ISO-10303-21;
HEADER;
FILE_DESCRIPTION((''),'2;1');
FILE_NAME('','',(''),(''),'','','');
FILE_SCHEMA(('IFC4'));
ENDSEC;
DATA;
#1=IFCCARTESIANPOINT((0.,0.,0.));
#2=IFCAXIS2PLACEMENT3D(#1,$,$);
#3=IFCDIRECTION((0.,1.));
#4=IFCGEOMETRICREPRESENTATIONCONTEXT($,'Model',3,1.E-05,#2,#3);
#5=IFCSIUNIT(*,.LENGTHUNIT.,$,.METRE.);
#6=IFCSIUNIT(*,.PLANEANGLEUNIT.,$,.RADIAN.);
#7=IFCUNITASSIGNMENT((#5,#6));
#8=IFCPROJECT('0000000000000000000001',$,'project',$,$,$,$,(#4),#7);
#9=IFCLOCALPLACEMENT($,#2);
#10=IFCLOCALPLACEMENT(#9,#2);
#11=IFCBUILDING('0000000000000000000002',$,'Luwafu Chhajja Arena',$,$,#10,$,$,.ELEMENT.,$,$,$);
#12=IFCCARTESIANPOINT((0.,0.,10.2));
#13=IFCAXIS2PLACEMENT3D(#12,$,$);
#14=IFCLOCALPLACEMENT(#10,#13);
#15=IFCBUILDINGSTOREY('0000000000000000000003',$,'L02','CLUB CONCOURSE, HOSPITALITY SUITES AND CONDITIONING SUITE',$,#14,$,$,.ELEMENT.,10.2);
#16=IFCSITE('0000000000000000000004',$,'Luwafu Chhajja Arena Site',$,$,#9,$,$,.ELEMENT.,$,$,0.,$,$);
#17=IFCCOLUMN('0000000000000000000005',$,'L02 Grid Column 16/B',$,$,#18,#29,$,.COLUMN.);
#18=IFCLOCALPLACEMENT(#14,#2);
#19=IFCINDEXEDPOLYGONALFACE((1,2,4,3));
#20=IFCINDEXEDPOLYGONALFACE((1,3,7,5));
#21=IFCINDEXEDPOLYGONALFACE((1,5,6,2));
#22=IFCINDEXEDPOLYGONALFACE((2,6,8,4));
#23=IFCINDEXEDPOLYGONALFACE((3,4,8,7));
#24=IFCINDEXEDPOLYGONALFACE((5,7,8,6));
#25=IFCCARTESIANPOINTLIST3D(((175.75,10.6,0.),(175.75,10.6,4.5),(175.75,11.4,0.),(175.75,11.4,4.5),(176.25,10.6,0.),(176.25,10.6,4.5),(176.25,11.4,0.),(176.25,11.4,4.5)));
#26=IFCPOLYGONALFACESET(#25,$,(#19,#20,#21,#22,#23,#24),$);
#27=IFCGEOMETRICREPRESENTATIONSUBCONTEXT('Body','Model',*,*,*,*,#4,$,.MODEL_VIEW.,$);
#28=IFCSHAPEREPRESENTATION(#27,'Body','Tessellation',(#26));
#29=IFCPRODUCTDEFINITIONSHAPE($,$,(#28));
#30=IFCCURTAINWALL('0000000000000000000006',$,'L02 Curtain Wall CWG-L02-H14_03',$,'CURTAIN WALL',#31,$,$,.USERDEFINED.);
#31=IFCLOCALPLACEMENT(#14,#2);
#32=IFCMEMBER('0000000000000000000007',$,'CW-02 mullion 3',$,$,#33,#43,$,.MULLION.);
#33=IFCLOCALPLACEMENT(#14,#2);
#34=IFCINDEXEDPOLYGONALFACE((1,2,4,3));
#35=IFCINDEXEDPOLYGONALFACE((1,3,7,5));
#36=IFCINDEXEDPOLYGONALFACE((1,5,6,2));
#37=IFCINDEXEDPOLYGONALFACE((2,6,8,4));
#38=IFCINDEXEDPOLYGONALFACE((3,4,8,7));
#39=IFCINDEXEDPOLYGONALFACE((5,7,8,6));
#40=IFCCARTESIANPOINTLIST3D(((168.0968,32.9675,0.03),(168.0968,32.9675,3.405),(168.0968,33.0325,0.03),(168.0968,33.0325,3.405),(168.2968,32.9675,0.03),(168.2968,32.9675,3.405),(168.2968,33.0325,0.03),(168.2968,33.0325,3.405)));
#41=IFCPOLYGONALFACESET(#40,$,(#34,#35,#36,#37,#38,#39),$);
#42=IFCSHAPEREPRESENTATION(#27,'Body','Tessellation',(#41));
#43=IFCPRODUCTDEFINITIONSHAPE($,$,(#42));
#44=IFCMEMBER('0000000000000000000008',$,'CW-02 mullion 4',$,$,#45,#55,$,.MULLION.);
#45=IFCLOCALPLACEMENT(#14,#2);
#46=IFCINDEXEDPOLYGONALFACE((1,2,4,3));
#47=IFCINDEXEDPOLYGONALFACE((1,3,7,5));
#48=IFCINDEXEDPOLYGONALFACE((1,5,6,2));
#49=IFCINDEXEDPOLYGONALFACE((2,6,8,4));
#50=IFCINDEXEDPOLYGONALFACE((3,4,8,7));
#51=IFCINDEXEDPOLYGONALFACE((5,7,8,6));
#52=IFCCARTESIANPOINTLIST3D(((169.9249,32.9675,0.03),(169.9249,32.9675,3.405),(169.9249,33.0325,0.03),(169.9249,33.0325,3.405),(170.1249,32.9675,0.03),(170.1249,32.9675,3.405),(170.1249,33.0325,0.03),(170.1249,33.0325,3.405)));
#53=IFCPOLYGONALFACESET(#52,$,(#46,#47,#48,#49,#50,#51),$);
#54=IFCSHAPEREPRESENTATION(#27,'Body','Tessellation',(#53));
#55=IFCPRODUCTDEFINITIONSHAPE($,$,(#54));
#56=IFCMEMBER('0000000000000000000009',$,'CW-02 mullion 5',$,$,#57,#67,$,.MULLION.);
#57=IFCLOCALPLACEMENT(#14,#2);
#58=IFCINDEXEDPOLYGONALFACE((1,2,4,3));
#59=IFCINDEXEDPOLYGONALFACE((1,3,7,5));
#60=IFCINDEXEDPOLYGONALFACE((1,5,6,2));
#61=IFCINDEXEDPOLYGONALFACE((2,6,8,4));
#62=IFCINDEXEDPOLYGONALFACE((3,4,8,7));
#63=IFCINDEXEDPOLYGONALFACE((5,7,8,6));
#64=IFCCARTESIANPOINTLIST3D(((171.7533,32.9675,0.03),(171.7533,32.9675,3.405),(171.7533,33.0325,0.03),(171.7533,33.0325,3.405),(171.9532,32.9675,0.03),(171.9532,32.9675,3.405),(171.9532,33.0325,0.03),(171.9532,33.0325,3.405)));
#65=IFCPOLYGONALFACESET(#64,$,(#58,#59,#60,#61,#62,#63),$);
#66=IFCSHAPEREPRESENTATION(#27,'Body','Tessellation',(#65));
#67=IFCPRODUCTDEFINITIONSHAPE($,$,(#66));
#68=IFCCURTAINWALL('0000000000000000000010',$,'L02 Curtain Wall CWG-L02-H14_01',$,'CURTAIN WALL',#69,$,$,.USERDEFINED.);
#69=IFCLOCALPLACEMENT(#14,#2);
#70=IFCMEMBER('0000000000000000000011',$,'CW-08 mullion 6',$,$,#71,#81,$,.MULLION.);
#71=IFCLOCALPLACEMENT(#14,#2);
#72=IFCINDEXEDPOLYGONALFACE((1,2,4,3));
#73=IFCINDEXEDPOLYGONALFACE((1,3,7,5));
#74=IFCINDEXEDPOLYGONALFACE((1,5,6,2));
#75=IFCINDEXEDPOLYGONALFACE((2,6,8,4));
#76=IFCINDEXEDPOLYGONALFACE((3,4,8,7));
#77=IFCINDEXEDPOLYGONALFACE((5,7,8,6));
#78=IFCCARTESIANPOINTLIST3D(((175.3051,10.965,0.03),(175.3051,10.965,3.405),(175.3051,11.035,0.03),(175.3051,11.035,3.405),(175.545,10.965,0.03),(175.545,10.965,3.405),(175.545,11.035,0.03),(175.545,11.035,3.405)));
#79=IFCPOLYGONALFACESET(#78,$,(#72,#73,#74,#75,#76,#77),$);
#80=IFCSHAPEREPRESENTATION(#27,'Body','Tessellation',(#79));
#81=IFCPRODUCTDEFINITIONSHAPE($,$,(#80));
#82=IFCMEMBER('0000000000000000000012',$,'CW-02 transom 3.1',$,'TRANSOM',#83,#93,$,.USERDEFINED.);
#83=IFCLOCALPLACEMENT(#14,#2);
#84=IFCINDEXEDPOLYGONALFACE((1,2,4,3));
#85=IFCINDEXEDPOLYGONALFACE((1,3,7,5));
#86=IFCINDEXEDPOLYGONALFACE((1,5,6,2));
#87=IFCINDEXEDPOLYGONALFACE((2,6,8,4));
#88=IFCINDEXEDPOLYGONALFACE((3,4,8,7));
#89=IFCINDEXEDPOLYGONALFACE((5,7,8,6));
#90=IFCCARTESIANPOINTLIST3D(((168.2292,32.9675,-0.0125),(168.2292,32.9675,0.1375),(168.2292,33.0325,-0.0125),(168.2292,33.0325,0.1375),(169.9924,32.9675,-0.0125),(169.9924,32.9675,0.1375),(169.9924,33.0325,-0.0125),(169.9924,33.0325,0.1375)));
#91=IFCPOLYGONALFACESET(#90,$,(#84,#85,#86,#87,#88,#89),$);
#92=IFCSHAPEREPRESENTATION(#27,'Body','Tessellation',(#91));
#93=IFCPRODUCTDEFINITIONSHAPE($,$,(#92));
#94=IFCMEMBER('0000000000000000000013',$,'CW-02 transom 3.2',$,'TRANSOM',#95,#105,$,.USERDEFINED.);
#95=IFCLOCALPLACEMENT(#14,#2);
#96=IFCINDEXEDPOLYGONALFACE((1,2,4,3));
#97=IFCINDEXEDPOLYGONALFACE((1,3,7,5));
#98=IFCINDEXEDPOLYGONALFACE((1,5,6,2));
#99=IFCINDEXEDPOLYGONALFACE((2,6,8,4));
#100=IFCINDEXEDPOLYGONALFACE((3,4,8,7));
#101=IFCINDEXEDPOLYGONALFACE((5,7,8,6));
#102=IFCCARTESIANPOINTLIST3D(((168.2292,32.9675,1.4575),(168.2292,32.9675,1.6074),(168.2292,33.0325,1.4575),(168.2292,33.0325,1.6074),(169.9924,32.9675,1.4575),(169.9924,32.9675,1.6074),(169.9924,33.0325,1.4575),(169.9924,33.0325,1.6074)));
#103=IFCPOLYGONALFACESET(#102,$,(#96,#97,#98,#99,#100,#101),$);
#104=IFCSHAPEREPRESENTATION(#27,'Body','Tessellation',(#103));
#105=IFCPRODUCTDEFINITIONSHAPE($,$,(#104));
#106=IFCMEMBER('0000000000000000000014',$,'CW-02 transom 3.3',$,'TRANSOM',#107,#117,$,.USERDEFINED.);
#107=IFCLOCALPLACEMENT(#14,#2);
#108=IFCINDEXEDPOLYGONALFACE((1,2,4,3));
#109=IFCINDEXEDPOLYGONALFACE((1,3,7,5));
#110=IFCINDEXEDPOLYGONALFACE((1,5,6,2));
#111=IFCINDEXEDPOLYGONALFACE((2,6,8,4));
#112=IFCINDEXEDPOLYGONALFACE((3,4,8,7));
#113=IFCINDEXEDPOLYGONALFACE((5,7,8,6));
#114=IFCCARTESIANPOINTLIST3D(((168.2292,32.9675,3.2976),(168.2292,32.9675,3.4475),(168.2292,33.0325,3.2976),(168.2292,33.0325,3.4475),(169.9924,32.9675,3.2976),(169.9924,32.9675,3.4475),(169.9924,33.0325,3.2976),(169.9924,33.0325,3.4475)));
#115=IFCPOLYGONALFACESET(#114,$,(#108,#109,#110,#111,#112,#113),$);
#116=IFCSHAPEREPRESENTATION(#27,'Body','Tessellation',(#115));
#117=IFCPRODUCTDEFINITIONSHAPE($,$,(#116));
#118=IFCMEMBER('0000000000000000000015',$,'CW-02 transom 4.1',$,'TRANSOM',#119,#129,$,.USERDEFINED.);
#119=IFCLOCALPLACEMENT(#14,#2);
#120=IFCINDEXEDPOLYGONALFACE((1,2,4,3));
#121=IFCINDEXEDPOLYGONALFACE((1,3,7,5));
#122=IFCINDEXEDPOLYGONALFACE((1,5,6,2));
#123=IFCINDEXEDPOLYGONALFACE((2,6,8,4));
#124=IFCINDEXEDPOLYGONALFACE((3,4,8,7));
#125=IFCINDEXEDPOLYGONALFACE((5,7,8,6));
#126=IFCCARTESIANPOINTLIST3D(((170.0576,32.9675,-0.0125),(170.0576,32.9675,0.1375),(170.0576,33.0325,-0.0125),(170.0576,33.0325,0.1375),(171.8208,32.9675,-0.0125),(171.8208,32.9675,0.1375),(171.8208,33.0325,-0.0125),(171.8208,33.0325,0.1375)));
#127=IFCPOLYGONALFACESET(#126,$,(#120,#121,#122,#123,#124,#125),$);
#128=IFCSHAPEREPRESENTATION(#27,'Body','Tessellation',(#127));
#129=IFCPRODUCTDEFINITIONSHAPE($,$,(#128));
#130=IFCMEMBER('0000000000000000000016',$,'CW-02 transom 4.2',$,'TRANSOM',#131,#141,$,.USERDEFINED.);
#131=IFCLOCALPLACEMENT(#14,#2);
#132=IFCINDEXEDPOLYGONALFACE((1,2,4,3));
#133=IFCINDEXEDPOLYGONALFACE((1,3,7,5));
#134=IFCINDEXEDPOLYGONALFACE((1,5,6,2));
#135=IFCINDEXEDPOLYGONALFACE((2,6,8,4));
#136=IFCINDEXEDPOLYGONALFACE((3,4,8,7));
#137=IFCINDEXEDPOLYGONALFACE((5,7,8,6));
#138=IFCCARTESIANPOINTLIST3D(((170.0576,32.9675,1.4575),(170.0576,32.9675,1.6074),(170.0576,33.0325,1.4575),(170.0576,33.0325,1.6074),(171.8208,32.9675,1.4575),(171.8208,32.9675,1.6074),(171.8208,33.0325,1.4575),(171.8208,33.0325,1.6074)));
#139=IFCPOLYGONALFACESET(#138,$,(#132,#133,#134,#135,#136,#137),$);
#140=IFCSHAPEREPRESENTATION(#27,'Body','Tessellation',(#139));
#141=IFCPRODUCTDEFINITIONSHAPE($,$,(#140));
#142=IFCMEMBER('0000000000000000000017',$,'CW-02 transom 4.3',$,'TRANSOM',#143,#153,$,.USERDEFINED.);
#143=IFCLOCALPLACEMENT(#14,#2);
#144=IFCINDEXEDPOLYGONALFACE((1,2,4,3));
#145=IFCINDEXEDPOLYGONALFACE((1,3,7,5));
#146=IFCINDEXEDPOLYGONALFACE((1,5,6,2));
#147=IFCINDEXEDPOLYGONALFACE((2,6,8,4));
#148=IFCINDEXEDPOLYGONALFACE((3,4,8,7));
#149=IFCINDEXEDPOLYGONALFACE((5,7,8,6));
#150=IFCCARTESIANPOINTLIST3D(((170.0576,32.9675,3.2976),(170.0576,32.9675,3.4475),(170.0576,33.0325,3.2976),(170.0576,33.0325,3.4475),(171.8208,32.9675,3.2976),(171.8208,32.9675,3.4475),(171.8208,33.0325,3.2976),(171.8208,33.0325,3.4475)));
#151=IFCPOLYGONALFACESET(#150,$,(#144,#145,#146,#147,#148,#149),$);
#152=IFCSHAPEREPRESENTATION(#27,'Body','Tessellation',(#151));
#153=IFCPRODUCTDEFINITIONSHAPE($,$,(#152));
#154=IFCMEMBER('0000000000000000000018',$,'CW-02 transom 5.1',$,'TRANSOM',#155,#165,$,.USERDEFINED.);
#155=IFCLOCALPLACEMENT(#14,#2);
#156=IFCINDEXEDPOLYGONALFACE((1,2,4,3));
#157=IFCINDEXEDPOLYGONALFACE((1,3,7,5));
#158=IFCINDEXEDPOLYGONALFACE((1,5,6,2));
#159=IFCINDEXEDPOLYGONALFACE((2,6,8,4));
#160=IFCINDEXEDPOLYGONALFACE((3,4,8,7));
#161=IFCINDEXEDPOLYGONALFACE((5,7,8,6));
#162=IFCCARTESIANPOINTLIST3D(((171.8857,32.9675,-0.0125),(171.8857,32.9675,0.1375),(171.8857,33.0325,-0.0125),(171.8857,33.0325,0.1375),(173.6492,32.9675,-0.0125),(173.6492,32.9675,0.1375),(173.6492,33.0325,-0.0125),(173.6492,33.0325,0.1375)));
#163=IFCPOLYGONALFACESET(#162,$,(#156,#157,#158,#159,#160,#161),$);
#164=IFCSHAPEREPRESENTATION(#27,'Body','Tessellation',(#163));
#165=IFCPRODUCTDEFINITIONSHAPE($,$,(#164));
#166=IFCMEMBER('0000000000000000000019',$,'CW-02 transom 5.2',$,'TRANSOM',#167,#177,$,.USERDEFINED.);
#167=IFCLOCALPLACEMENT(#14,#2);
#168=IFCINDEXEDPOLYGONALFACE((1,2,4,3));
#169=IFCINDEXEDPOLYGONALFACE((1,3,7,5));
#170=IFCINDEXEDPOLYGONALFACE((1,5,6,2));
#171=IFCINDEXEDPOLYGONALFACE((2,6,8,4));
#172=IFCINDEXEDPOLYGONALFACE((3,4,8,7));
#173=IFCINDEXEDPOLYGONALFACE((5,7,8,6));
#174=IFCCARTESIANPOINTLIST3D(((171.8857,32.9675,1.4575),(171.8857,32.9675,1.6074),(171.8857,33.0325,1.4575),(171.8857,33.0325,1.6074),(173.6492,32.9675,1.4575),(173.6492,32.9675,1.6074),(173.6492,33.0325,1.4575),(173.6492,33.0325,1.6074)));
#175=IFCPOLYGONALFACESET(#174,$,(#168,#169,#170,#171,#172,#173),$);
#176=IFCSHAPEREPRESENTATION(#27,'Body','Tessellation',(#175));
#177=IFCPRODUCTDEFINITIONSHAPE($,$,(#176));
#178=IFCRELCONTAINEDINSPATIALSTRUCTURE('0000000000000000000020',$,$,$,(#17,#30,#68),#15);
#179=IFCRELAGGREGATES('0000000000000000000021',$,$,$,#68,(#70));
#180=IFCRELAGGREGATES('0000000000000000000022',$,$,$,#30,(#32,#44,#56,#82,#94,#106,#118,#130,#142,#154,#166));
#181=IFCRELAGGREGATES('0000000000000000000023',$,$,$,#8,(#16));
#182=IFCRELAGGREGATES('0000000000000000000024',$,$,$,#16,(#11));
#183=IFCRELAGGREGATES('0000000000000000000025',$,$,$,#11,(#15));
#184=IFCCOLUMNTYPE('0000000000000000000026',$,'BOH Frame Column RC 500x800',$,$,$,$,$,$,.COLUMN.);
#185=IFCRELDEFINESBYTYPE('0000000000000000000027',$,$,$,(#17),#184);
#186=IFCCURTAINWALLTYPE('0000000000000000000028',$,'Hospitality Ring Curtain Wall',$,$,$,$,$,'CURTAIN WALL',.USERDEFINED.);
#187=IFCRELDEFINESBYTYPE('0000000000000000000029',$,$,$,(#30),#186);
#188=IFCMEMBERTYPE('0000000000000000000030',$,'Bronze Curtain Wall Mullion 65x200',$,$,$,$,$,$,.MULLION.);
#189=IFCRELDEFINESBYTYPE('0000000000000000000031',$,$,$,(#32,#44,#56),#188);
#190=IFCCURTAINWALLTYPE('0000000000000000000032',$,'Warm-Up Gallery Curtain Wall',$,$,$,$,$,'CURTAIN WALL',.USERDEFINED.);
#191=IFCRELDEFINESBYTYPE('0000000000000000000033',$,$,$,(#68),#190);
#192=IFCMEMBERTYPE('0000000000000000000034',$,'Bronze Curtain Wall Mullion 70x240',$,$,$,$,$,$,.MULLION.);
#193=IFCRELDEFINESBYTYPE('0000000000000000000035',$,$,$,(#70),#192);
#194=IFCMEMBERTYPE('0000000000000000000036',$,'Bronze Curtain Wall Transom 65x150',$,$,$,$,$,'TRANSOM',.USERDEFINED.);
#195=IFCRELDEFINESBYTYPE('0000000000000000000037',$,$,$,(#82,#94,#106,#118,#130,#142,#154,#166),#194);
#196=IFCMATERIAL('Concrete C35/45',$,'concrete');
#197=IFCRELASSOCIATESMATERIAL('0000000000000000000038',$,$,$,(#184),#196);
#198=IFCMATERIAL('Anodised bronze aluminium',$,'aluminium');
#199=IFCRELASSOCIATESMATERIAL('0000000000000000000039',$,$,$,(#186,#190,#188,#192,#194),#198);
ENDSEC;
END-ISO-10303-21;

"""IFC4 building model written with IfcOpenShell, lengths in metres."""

from ifc_helpers import new_model, si_unit, direction, frame, origin, origin_2d, place, context, subcontext, project, spatial, rectangle, extrude, material, material_profile, profile_set, type_object, element, aggregate, save


model = new_model("IFC4")

# Units and contexts
model_context = context("Model", 3, precision=1e-05, world=origin(), true_north=direction((0.0, 1.0)))
body_context = subcontext(model_context, "Body", "Model", "MODEL_VIEW")
ifc_project = project(units=[si_unit("LENGTHUNIT", "METRE"), si_unit("PLANEANGLEUNIT", "RADIAN")], contexts=[model_context])

# Site, building, storey
site_placement = place(None, origin())
site = spatial("IfcSite", under=ifc_project, at=site_placement, Name="Luwafu Chhajja Arena Site", CompositionType="ELEMENT", RefElevation=0.0)
building_placement = place(site_placement, origin())
building = spatial("IfcBuilding", under=site, at=building_placement, Name="Luwafu Chhajja Arena", CompositionType="ELEMENT")
storey_placement = place(building_placement, frame((0.0, 0.0, 10.2)))
storey = spatial("IfcBuildingStorey", under=building, at=storey_placement, Name="L02", Description="CLUB CONCOURSE, HOSPITALITY SUITES AND CONDITIONING SUITE", CompositionType="ELEMENT", Elevation=10.2)

# Column
ifc_material_1 = material(Name="Concrete C35/45", Category="concrete")
ifc_material_profile_1 = material_profile(ifc_material_1, rectangle(XDim=0.5, YDim=0.8, at=origin_2d()), Name="RC 500x800")
ifc_profile_set_1 = profile_set([ifc_material_profile_1], Name="Concrete C35/45")
column_type = type_object("IfcColumnType", Name="BOH Frame Column RC 500x800", PredefinedType="COLUMN", material=ifc_profile_set_1)
column_placement = place(storey_placement, frame((176.0, 11.0, 0.0), z_axis=(0.0, 0.0, 1.0), x_axis=(1.0, 0.0, 0.0)))
element("IfcColumn", 1, at=column_placement, inside=storey, type_object=column_type, Name="L02 Grid Column 16/B", PredefinedType="COLUMN", context=body_context, shape_type="SweptSolid", body=[
    extrude(rectangle(XDim=0.5, YDim=0.8, at=origin_2d()), origin(), (0.0, 0.0, 1.0), 4.5),
])

# Curtain wall, members
ifc_material_2 = material(Name="Anodised bronze aluminium", Category="aluminium")
curtain_wall_type_1 = type_object("IfcCurtainWallType", Name="Hospitality Ring Curtain Wall", ElementType="CURTAIN WALL", PredefinedType="USERDEFINED", material=ifc_material_2)
curtain_wall_1_placement = place(storey_placement, origin())
curtain_wall_1 = element("IfcCurtainWall", 2, at=curtain_wall_1_placement, inside=storey, type_object=curtain_wall_type_1, Name="L02 Curtain Wall CWG-L02-H14_03", ObjectType="CURTAIN WALL", PredefinedType="USERDEFINED")
ifc_material_profile_2 = material_profile(ifc_material_2, rectangle(XDim=0.0649, YDim=0.2, at=origin_2d()), Name="CWM 65x200")
ifc_profile_set_2 = profile_set([ifc_material_profile_2], Name="Anodised bronze aluminium")
member_type_1 = type_object("IfcMemberType", Name="Bronze Curtain Wall Mullion 65x200", PredefinedType="MULLION", material=ifc_profile_set_2)
member_1_placement = place(storey_placement, frame((168.1968, 33.0, 0.03), z_axis=(0.0, 0.0, 1.0), x_axis=(0.0, 1.0, 0.0)))
member_1 = element("IfcMember", 3, at=member_1_placement, type_object=member_type_1, Name="CW-02 mullion 3", PredefinedType="MULLION", context=body_context, shape_type="SweptSolid", body=[
    extrude(rectangle(XDim=0.0649, YDim=0.2, at=origin_2d()), origin(), (0.0, 0.0, 1.0), 3.375),
])
member_2_placement = place(storey_placement, frame((170.0249, 33.0, 0.03), z_axis=(0.0, 0.0, 1.0), x_axis=(0.0, 1.0, 0.0)))
member_2 = element("IfcMember", 4, at=member_2_placement, type_object=member_type_1, Name="CW-02 mullion 4", PredefinedType="MULLION", context=body_context, shape_type="SweptSolid", body=[
    extrude(rectangle(XDim=0.0649, YDim=0.2, at=origin_2d()), origin(), (0.0, 0.0, 1.0), 3.375),
])
member_3_placement = place(storey_placement, frame((171.8533, 33.0, 0.03), z_axis=(0.0, 0.0, 1.0), x_axis=(0.0, 1.0, 0.0)))
member_3 = element("IfcMember", 5, at=member_3_placement, type_object=member_type_1, Name="CW-02 mullion 5", PredefinedType="MULLION", context=body_context, shape_type="SweptSolid", body=[
    extrude(rectangle(XDim=0.0649, YDim=0.2, at=origin_2d()), origin(), (0.0, 0.0, 1.0), 3.375),
])

# Curtain wall, member
curtain_wall_type_2 = type_object("IfcCurtainWallType", Name="Warm-Up Gallery Curtain Wall", ElementType="CURTAIN WALL", PredefinedType="USERDEFINED", material=ifc_material_2)
curtain_wall_2_placement = place(storey_placement, origin())
curtain_wall_2 = element("IfcCurtainWall", 6, at=curtain_wall_2_placement, inside=storey, type_object=curtain_wall_type_2, Name="L02 Curtain Wall CWG-L02-H14_01", ObjectType="CURTAIN WALL", PredefinedType="USERDEFINED")
ifc_material_profile_3 = material_profile(ifc_material_2, rectangle(XDim=0.0701, YDim=0.24, at=origin_2d()), Name="CWM 70x240")
ifc_profile_set_3 = profile_set([ifc_material_profile_3], Name="Anodised bronze aluminium")
member_type_2 = type_object("IfcMemberType", Name="Bronze Curtain Wall Mullion 70x240", PredefinedType="MULLION", material=ifc_profile_set_3)
member_4_placement = place(storey_placement, frame((175.425, 11.0, 0.03), z_axis=(0.0, 0.0, 1.0), x_axis=(0.0, 1.0, 0.0)))
member_4 = element("IfcMember", 7, at=member_4_placement, type_object=member_type_2, Name="CW-08 mullion 6", PredefinedType="MULLION", context=body_context, shape_type="SweptSolid", body=[
    extrude(rectangle(XDim=0.0701, YDim=0.24, at=origin_2d()), origin(), (0.0, 0.0, 1.0), 3.375),
])

# Members
ifc_material_profile_4 = material_profile(ifc_material_2, rectangle(XDim=0.0649, YDim=0.1499, at=origin_2d()), Name="CWT 65x150")
ifc_profile_set_4 = profile_set([ifc_material_profile_4], Name="Anodised bronze aluminium")
member_type_3 = type_object("IfcMemberType", Name="Bronze Curtain Wall Transom 65x150", ElementType="TRANSOM", PredefinedType="USERDEFINED", material=ifc_profile_set_4)
member_5_placement = place(storey_placement, frame((168.2292, 33.0, 0.0625), z_axis=(1.0, 0.0, 0.0), x_axis=(0.0, 1.0, 0.0)))
member_5 = element("IfcMember", 8, at=member_5_placement, type_object=member_type_3, Name="CW-02 transom 3.1", ObjectType="TRANSOM", PredefinedType="USERDEFINED", context=body_context, shape_type="SweptSolid", body=[
    extrude(rectangle(XDim=0.0649, YDim=0.1499, at=origin_2d()), origin(), (0.0, 0.0, 1.0), 1.7632),
])
member_6_placement = place(storey_placement, frame((168.2292, 33.0, 1.5325), z_axis=(1.0, 0.0, 0.0), x_axis=(0.0, 1.0, 0.0)))
member_6 = element("IfcMember", 9, at=member_6_placement, type_object=member_type_3, Name="CW-02 transom 3.2", ObjectType="TRANSOM", PredefinedType="USERDEFINED", context=body_context, shape_type="SweptSolid", body=[
    extrude(rectangle(XDim=0.0649, YDim=0.1499, at=origin_2d()), origin(), (0.0, 0.0, 1.0), 1.7632),
])
member_7_placement = place(storey_placement, frame((168.2292, 33.0, 3.3726), z_axis=(1.0, 0.0, 0.0), x_axis=(0.0, 1.0, 0.0)))
member_7 = element("IfcMember", 10, at=member_7_placement, type_object=member_type_3, Name="CW-02 transom 3.3", ObjectType="TRANSOM", PredefinedType="USERDEFINED", context=body_context, shape_type="SweptSolid", body=[
    extrude(rectangle(XDim=0.0649, YDim=0.1499, at=origin_2d()), origin(), (0.0, 0.0, 1.0), 1.7632),
])
member_8_placement = place(storey_placement, frame((170.0576, 33.0, 0.0625), z_axis=(1.0, 0.0, 0.0), x_axis=(0.0, 1.0, 0.0)))
member_8 = element("IfcMember", 11, at=member_8_placement, type_object=member_type_3, Name="CW-02 transom 4.1", ObjectType="TRANSOM", PredefinedType="USERDEFINED", context=body_context, shape_type="SweptSolid", body=[
    extrude(rectangle(XDim=0.0649, YDim=0.1499, at=origin_2d()), origin(), (0.0, 0.0, 1.0), 1.7632),
])
member_9_placement = place(storey_placement, frame((170.0576, 33.0, 1.5325), z_axis=(1.0, 0.0, 0.0), x_axis=(0.0, 1.0, 0.0)))
member_9 = element("IfcMember", 12, at=member_9_placement, type_object=member_type_3, Name="CW-02 transom 4.2", ObjectType="TRANSOM", PredefinedType="USERDEFINED", context=body_context, shape_type="SweptSolid", body=[
    extrude(rectangle(XDim=0.0649, YDim=0.1499, at=origin_2d()), origin(), (0.0, 0.0, 1.0), 1.7632),
])
member_10_placement = place(storey_placement, frame((170.0576, 33.0, 3.3726), z_axis=(1.0, 0.0, 0.0), x_axis=(0.0, 1.0, 0.0)))
member_10 = element("IfcMember", 13, at=member_10_placement, type_object=member_type_3, Name="CW-02 transom 4.3", ObjectType="TRANSOM", PredefinedType="USERDEFINED", context=body_context, shape_type="SweptSolid", body=[
    extrude(rectangle(XDim=0.0649, YDim=0.1499, at=origin_2d()), origin(), (0.0, 0.0, 1.0), 1.7632),
])
member_11_placement = place(storey_placement, frame((171.8857, 33.0, 0.0625), z_axis=(1.0, 0.0, 0.0), x_axis=(0.0, 1.0, 0.0)))
member_11 = element("IfcMember", 14, at=member_11_placement, type_object=member_type_3, Name="CW-02 transom 5.1", ObjectType="TRANSOM", PredefinedType="USERDEFINED", context=body_context, shape_type="SweptSolid", body=[
    extrude(rectangle(XDim=0.0649, YDim=0.1499, at=origin_2d()), origin(), (0.0, 0.0, 1.0), 1.7634),
])
member_12_placement = place(storey_placement, frame((171.8857, 33.0, 1.5325), z_axis=(1.0, 0.0, 0.0), x_axis=(0.0, 1.0, 0.0)))
member_12 = element("IfcMember", 15, at=member_12_placement, type_object=member_type_3, Name="CW-02 transom 5.2", ObjectType="TRANSOM", PredefinedType="USERDEFINED", context=body_context, shape_type="SweptSolid", body=[
    extrude(rectangle(XDim=0.0649, YDim=0.1499, at=origin_2d()), origin(), (0.0, 0.0, 1.0), 1.7634),
])

aggregate(curtain_wall_2, [member_4])
aggregate(curtain_wall_1, [member_1, member_2, member_3, member_5, member_6, member_7, member_8, member_9, member_10, member_11, member_12])

save(model, "model.ifc")
